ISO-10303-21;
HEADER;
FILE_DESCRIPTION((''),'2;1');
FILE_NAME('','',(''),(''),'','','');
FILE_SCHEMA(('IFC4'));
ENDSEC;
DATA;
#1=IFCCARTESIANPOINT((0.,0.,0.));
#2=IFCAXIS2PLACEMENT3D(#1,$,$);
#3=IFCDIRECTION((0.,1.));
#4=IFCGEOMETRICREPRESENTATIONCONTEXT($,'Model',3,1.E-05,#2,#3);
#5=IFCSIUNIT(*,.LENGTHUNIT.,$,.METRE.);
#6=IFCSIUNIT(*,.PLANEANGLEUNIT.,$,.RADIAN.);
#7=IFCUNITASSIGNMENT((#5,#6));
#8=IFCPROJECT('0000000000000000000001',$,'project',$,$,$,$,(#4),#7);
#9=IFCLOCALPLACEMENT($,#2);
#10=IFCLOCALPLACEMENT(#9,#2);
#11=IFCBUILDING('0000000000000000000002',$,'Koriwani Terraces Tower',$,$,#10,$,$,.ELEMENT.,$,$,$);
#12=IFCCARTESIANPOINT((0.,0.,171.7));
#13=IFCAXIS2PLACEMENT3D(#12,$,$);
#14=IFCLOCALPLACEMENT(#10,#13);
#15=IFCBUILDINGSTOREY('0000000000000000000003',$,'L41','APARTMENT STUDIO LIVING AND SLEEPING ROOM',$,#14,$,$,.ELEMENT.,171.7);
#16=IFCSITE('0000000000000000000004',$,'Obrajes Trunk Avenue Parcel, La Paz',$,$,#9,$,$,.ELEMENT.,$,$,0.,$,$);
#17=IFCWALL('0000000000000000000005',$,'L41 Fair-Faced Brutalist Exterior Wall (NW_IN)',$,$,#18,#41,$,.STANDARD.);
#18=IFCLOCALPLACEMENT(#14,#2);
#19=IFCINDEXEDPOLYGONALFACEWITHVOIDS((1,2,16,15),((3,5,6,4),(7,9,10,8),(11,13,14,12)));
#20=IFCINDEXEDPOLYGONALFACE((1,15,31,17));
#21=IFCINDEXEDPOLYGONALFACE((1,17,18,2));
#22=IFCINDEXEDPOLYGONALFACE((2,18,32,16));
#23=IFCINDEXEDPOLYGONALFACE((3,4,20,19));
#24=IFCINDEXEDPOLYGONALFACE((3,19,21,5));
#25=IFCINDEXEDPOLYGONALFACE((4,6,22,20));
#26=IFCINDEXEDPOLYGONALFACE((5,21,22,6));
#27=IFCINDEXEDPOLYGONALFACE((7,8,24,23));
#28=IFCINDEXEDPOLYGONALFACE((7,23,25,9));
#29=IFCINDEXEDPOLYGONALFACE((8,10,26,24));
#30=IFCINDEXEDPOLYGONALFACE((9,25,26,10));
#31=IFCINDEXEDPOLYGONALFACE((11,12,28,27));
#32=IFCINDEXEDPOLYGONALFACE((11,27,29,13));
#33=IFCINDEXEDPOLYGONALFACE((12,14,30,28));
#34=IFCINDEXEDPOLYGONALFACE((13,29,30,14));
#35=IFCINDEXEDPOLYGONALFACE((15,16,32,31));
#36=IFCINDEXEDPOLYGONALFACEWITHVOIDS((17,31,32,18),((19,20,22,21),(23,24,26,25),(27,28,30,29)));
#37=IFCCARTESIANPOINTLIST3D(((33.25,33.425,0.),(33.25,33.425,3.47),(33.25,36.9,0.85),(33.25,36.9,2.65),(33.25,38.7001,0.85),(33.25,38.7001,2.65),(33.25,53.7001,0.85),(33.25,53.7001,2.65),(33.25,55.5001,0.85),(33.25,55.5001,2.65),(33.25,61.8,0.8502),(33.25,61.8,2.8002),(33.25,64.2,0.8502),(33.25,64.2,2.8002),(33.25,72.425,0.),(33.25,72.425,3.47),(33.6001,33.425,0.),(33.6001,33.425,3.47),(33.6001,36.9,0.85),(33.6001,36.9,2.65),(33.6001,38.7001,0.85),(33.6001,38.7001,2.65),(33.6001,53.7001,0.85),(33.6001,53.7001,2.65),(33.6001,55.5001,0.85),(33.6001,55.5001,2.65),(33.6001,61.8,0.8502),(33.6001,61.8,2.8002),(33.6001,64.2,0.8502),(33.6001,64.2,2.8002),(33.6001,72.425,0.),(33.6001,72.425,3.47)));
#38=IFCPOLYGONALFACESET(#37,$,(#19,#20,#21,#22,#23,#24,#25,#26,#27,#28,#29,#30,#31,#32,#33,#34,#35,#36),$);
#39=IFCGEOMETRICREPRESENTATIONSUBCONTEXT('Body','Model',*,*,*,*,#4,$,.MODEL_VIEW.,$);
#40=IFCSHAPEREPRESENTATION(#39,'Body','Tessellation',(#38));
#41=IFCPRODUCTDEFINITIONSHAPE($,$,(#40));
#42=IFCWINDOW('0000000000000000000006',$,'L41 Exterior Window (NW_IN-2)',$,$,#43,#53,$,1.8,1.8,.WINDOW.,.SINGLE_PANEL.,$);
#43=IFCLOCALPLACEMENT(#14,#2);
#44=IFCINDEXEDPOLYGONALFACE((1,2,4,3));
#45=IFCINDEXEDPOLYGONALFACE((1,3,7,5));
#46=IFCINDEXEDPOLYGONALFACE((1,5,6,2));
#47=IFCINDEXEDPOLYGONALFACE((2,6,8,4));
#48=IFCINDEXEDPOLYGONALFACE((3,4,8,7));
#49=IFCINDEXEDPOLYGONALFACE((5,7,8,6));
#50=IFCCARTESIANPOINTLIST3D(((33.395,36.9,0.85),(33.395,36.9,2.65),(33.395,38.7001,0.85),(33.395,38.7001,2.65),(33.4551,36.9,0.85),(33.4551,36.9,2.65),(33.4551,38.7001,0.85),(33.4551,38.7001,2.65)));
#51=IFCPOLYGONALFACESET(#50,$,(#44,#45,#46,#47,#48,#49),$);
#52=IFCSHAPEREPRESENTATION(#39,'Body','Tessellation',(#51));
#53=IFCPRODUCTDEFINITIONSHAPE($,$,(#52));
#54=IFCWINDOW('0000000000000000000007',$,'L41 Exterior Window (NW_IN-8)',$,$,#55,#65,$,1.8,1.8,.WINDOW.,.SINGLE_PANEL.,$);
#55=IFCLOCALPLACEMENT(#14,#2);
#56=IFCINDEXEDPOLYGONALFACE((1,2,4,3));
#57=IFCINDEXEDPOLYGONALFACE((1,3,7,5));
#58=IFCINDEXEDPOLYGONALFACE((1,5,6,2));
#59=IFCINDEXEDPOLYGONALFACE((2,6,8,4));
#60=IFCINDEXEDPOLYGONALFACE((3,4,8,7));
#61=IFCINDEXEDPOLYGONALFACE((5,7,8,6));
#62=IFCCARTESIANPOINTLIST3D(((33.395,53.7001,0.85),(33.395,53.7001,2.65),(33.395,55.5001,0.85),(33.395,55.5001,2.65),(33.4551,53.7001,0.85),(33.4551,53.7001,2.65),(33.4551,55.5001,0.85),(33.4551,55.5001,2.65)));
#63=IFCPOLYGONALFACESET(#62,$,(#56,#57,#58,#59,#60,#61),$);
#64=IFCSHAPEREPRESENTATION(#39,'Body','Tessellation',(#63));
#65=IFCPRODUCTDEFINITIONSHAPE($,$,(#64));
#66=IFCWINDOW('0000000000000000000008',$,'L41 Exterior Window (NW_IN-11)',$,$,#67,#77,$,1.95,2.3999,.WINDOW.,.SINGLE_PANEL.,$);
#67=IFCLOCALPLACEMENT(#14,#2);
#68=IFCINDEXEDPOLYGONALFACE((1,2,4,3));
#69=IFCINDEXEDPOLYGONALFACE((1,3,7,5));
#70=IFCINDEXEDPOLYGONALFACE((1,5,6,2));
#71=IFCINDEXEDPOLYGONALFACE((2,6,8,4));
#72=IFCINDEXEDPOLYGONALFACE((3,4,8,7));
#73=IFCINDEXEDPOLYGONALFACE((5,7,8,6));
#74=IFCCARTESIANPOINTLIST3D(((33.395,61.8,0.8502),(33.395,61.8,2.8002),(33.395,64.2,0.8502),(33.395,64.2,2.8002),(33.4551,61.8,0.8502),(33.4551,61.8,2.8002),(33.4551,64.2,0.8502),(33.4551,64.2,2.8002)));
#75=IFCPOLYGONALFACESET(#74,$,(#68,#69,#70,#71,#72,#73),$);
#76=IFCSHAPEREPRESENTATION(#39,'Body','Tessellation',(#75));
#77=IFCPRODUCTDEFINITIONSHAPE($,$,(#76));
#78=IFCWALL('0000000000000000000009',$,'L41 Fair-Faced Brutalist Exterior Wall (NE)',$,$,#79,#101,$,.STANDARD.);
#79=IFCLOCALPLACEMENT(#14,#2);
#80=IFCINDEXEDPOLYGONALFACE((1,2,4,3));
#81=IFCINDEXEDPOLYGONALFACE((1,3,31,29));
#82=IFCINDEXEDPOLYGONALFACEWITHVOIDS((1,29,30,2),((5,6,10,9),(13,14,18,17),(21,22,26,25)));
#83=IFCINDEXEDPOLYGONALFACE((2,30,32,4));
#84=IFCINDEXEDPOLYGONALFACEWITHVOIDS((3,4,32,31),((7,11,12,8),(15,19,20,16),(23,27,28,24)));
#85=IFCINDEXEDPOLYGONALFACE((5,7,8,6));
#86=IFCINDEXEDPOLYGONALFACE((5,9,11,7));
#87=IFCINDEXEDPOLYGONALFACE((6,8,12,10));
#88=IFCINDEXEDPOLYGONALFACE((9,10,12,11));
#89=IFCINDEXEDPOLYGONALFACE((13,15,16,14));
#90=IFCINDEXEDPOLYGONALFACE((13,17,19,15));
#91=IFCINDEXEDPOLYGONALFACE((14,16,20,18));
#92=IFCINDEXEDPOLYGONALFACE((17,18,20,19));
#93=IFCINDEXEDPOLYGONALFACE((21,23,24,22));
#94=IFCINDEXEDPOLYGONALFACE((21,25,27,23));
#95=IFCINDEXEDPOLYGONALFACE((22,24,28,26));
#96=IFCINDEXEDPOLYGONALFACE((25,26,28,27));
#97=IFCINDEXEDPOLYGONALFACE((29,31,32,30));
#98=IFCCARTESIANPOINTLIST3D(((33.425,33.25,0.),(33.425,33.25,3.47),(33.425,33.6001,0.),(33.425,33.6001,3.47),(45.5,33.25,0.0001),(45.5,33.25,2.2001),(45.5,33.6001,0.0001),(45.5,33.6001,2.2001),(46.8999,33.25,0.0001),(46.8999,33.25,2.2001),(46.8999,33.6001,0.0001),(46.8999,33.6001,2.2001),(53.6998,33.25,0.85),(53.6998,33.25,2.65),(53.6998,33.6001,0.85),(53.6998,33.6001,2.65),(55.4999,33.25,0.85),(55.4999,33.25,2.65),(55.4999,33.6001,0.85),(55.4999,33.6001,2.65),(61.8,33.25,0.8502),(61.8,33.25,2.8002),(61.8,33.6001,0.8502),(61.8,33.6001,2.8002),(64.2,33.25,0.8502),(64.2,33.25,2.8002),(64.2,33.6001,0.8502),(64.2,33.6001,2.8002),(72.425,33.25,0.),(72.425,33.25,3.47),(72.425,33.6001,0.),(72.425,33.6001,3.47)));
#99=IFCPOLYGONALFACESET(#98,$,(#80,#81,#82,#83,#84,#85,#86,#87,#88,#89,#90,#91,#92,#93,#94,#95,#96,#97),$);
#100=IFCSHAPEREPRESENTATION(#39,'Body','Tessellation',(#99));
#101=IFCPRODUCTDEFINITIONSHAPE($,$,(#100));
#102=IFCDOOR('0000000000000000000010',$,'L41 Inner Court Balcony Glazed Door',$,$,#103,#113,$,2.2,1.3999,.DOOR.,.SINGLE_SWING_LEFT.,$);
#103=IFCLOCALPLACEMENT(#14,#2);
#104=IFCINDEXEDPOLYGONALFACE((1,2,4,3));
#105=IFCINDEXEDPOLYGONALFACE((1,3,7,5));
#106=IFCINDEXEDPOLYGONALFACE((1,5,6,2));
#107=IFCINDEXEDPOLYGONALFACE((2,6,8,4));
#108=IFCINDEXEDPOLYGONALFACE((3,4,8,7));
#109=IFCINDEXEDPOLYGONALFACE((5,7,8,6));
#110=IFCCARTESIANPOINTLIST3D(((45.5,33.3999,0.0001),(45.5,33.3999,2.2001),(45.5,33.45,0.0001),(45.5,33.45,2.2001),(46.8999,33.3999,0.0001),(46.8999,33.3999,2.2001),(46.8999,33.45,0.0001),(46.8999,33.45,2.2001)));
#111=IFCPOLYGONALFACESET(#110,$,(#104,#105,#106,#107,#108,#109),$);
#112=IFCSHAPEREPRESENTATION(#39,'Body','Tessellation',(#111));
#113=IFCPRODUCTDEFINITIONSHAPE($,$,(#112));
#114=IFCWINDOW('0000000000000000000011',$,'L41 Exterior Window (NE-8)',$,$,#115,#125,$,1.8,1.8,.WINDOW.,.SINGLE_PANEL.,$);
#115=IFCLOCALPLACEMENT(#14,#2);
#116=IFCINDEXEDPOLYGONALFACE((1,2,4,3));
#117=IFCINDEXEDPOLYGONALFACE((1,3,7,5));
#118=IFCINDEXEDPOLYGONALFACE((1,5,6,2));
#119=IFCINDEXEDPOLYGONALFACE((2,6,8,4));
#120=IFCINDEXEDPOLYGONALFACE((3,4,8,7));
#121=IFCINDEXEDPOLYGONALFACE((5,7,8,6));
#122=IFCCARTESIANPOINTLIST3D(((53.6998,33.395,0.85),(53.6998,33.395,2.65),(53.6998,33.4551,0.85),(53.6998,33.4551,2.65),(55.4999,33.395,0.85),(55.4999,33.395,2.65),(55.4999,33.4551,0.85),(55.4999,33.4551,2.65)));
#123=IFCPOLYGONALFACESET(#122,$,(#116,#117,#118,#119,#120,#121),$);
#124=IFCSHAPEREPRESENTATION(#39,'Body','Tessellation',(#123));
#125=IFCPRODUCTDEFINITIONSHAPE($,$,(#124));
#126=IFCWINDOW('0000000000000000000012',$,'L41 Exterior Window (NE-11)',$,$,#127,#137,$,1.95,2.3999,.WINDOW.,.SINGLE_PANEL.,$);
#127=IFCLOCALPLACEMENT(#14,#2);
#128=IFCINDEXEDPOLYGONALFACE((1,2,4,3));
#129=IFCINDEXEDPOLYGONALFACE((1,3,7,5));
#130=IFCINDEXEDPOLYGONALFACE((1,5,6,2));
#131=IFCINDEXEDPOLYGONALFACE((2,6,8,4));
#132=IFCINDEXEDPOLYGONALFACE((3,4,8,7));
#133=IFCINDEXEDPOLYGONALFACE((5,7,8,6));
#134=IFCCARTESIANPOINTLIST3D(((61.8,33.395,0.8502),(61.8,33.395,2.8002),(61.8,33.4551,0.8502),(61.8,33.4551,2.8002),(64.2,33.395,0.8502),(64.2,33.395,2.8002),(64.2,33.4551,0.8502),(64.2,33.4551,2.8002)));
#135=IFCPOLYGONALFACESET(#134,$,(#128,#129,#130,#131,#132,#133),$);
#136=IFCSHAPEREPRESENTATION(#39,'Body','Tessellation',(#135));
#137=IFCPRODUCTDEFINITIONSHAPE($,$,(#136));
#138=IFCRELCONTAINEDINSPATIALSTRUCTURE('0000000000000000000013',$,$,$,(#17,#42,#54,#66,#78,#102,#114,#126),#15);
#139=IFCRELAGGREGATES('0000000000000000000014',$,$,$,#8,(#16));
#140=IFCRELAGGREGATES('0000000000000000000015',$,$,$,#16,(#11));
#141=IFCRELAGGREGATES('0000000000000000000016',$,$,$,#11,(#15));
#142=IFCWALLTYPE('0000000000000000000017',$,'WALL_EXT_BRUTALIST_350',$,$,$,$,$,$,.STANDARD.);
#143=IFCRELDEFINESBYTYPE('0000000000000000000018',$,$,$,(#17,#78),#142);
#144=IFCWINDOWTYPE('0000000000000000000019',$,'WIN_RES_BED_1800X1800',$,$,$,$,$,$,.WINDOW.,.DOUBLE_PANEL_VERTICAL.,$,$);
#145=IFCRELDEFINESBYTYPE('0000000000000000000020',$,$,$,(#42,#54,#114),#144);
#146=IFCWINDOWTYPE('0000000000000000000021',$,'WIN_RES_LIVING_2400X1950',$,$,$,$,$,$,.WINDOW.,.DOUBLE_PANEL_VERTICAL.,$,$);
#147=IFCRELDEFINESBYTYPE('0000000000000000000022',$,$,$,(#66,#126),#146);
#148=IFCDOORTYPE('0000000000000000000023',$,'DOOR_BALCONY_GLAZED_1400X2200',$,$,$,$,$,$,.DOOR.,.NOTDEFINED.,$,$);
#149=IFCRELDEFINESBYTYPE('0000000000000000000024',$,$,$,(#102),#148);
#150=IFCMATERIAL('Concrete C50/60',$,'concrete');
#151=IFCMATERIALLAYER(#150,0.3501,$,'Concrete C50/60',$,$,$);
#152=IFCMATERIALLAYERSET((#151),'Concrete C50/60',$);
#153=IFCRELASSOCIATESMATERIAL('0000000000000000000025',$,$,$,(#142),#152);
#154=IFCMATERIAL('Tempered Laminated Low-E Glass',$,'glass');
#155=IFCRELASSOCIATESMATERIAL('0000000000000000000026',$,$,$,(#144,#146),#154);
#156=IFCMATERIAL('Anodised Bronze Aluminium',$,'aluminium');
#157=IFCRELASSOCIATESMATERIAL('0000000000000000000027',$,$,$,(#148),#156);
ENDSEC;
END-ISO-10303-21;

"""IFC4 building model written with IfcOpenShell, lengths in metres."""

from ifc_helpers import new_model, si_unit, direction, frame, frame_2d, origin, place, context, subcontext, project, spatial, rectangle, extrude, material, layer, layer_set, type_object, element, fill, save


model = new_model("IFC4")

# Units and contexts
model_context = context("Model", 3, precision=1e-05, world=origin(), true_north=direction((0.0, 1.0)))
body_context = subcontext(model_context, "Body", "Model", "MODEL_VIEW")
ifc_project = project(units=[si_unit("LENGTHUNIT", "METRE"), si_unit("PLANEANGLEUNIT", "RADIAN")], contexts=[model_context])

# Site, building, storey
site_placement = place(None, origin())
site = spatial("IfcSite", under=ifc_project, at=site_placement, Name="Obrajes Trunk Avenue Parcel, La Paz", CompositionType="ELEMENT", RefElevation=0.0)
building_placement = place(site_placement, origin())
building = spatial("IfcBuilding", under=site, at=building_placement, Name="Koriwani Terraces Tower", CompositionType="ELEMENT")
storey_placement = place(building_placement, frame((0.0, 0.0, 171.7)))
storey = spatial("IfcBuildingStorey", under=building, at=storey_placement, Name="L41", Description="APARTMENT STUDIO LIVING AND SLEEPING ROOM", CompositionType="ELEMENT", Elevation=171.7)

# Shared definitions
ifc_material_1 = material(Name="Concrete C50/60", Category="concrete")

# Wall, openings, windows
ifc_layer_1 = layer(ifc_material_1, 0.3501, Name="Concrete C50/60")
ifc_layer_set_1 = layer_set([ifc_layer_1], Name="Concrete C50/60")
wall_type = type_object("IfcWallType", Name="WALL_EXT_BRUTALIST_350", PredefinedType="STANDARD", material=ifc_layer_set_1)
wall_1_placement = place(storey_placement, frame((33.425, 72.425, 0.0), z_axis=(0.0, 0.0, 1.0), x_axis=(0.0, -1.0, 0.0)))
wall_1 = element("IfcWall", 1, at=wall_1_placement, inside=storey, type_object=wall_type, Name="L41 Fair-Faced Brutalist Exterior Wall (NW_IN)", PredefinedType="STANDARD", context=body_context, shape_type="SweptSolid", body=[
    extrude(rectangle(XDim=39.0, YDim=0.3501, at=frame_2d((19.5, 0.0))), origin(), (0.0, 0.0, 1.0), 3.47),
])
opening_1_placement = place(wall_1_placement, frame((33.7251, 0.0, 0.8501)))
opening_1 = element("IfcOpeningElement", 2, at=opening_1_placement, cuts=wall_1, PredefinedType="OPENING", context=body_context, shape_type="SweptSolid", body=[
    extrude(rectangle(XDim=1.8, YDim=1.8, at=frame_2d((0.8999, 0.8999))), frame((0.0, 0.1851, 0.0), z_axis=(0.0, -1.0, 0.0), x_axis=(1.0, 0.0, 0.0)), (0.0, 0.0, 1.0), 0.3701),
])
opening_2_placement = place(wall_1_placement, frame((16.925, 0.0, 0.8501)))
opening_2 = element("IfcOpeningElement", 3, at=opening_2_placement, cuts=wall_1, PredefinedType="OPENING", context=body_context, shape_type="SweptSolid", body=[
    extrude(rectangle(XDim=1.8, YDim=1.8, at=frame_2d((0.8999, 0.8999))), frame((0.0, 0.1851, 0.0), z_axis=(0.0, -1.0, 0.0), x_axis=(1.0, 0.0, 0.0)), (0.0, 0.0, 1.0), 0.3701),
])
opening_3_placement = place(wall_1_placement, frame((8.2251, 0.0, 0.8501)))
opening_3 = element("IfcOpeningElement", 4, at=opening_3_placement, cuts=wall_1, PredefinedType="OPENING", context=body_context, shape_type="SweptSolid", body=[
    extrude(rectangle(XDim=2.3999, YDim=1.95, at=frame_2d((1.2, 0.9751))), frame((0.0, 0.1851, 0.0), z_axis=(0.0, -1.0, 0.0), x_axis=(1.0, 0.0, 0.0)), (0.0, 0.0, 1.0), 0.3701),
])
ifc_material_2 = material(Name="Tempered Laminated Low-E Glass", Category="glass")
window_type_1 = type_object("IfcWindowType", Name="WIN_RES_BED_1800X1800", PartitioningType="DOUBLE_PANEL_VERTICAL", PredefinedType="WINDOW", material=ifc_material_2)
window_1_placement = place(opening_1_placement, origin())
window_1 = element("IfcWindow", 5, at=window_1_placement, inside=storey, type_object=window_type_1, Name="L41 Exterior Window (NW_IN-2)", OverallHeight=1.8, OverallWidth=1.8, PartitioningType="SINGLE_PANEL", PredefinedType="WINDOW", context=body_context, shape_type="SweptSolid", body=[
    extrude(rectangle(XDim=1.8, YDim=1.8, at=frame_2d((0.8999, 0.8999))), frame((0.0, 0.03, 0.0), z_axis=(0.0, -1.0, 0.0), x_axis=(1.0, 0.0, 0.0)), (0.0, 0.0, 1.0), 0.0601),
])
fill(opening_1, window_1)
window_2_placement = place(opening_2_placement, origin())
window_2 = element("IfcWindow", 6, at=window_2_placement, inside=storey, type_object=window_type_1, Name="L41 Exterior Window (NW_IN-8)", OverallHeight=1.8, OverallWidth=1.8, PartitioningType="SINGLE_PANEL", PredefinedType="WINDOW", context=body_context, shape_type="SweptSolid", body=[
    extrude(rectangle(XDim=1.8, YDim=1.8, at=frame_2d((0.8999, 0.8999))), frame((0.0, 0.03, 0.0), z_axis=(0.0, -1.0, 0.0), x_axis=(1.0, 0.0, 0.0)), (0.0, 0.0, 1.0), 0.0601),
])
fill(opening_2, window_2)
window_type_2 = type_object("IfcWindowType", Name="WIN_RES_LIVING_2400X1950", PartitioningType="DOUBLE_PANEL_VERTICAL", PredefinedType="WINDOW", material=ifc_material_2)
window_3_placement = place(opening_3_placement, origin())
window_3 = element("IfcWindow", 7, at=window_3_placement, inside=storey, type_object=window_type_2, Name="L41 Exterior Window (NW_IN-11)", OverallHeight=1.95, OverallWidth=2.3999, PartitioningType="SINGLE_PANEL", PredefinedType="WINDOW", context=body_context, shape_type="SweptSolid", body=[
    extrude(rectangle(XDim=2.3999, YDim=1.95, at=frame_2d((1.2, 0.9751))), frame((0.0, 0.03, 0.0), z_axis=(0.0, -1.0, 0.0), x_axis=(1.0, 0.0, 0.0)), (0.0, 0.0, 1.0), 0.0601),
])
fill(opening_3, window_3)

# Wall, openings, door, windows
wall_2_placement = place(storey_placement, frame((33.425, 33.425, 0.0), z_axis=(0.0, 0.0, 1.0), x_axis=(1.0, 0.0, 0.0)))
wall_2 = element("IfcWall", 8, at=wall_2_placement, inside=storey, type_object=wall_type, Name="L41 Fair-Faced Brutalist Exterior Wall (NE)", PredefinedType="STANDARD", context=body_context, shape_type="SweptSolid", body=[
    extrude(rectangle(XDim=39.0, YDim=0.3501, at=frame_2d((19.5, 0.0))), origin(), (0.0, 0.0, 1.0), 3.47),
])
opening_4_placement = place(wall_2_placement, frame((12.075, 0.0, 0.0)))
opening_4 = element("IfcOpeningElement", 9, at=opening_4_placement, cuts=wall_2, PredefinedType="OPENING", context=body_context, shape_type="SweptSolid", body=[
    extrude(rectangle(XDim=1.3999, YDim=2.2, at=frame_2d((0.7, 1.1001))), frame((0.0, 0.1851, 0.0), z_axis=(0.0, -1.0, 0.0), x_axis=(1.0, 0.0, 0.0)), (0.0, 0.0, 1.0), 0.3701),
])
opening_5_placement = place(wall_2_placement, frame((20.2749, 0.0, 0.8501)))
opening_5 = element("IfcOpeningElement", 10, at=opening_5_placement, cuts=wall_2, PredefinedType="OPENING", context=body_context, shape_type="SweptSolid", body=[
    extrude(rectangle(XDim=1.8, YDim=1.8, at=frame_2d((0.8999, 0.8999))), frame((0.0, 0.1851, 0.0), z_axis=(0.0, -1.0, 0.0), x_axis=(1.0, 0.0, 0.0)), (0.0, 0.0, 1.0), 0.3701),
])
opening_6_placement = place(wall_2_placement, frame((28.375, 0.0, 0.8501)))
opening_6 = element("IfcOpeningElement", 11, at=opening_6_placement, cuts=wall_2, PredefinedType="OPENING", context=body_context, shape_type="SweptSolid", body=[
    extrude(rectangle(XDim=2.3999, YDim=1.95, at=frame_2d((1.2, 0.9751))), frame((0.0, 0.1851, 0.0), z_axis=(0.0, -1.0, 0.0), x_axis=(1.0, 0.0, 0.0)), (0.0, 0.0, 1.0), 0.3701),
])
ifc_material_3 = material(Name="Anodised Bronze Aluminium", Category="aluminium")
door_type = type_object("IfcDoorType", Name="DOOR_BALCONY_GLAZED_1400X2200", OperationType="NOTDEFINED", PredefinedType="DOOR", material=ifc_material_3)
door_placement = place(opening_4_placement, origin())
door = element("IfcDoor", 12, at=door_placement, inside=storey, type_object=door_type, Name="L41 Inner Court Balcony Glazed Door", OperationType="SINGLE_SWING_LEFT", OverallHeight=2.2, OverallWidth=1.3999, PredefinedType="DOOR", context=body_context, shape_type="SweptSolid", body=[
    extrude(rectangle(XDim=1.3999, YDim=2.2, at=frame_2d((0.7, 1.1001))), frame((0.0, 0.0249, 0.0), z_axis=(0.0, -1.0, 0.0), x_axis=(1.0, 0.0, 0.0)), (0.0, 0.0, 1.0), 0.05),
])
fill(opening_4, door)
window_4_placement = place(opening_5_placement, origin())
window_4 = element("IfcWindow", 13, at=window_4_placement, inside=storey, type_object=window_type_1, Name="L41 Exterior Window (NE-8)", OverallHeight=1.8, OverallWidth=1.8, PartitioningType="SINGLE_PANEL", PredefinedType="WINDOW", context=body_context, shape_type="SweptSolid", body=[
    extrude(rectangle(XDim=1.8, YDim=1.8, at=frame_2d((0.8999, 0.8999))), frame((0.0, 0.03, 0.0), z_axis=(0.0, -1.0, 0.0), x_axis=(1.0, 0.0, 0.0)), (0.0, 0.0, 1.0), 0.0601),
])
fill(opening_5, window_4)
window_5_placement = place(opening_6_placement, origin())
window_5 = element("IfcWindow", 14, at=window_5_placement, inside=storey, type_object=window_type_2, Name="L41 Exterior Window (NE-11)", OverallHeight=1.95, OverallWidth=2.3999, PartitioningType="SINGLE_PANEL", PredefinedType="WINDOW", context=body_context, shape_type="SweptSolid", body=[
    extrude(rectangle(XDim=2.3999, YDim=1.95, at=frame_2d((1.2, 0.9751))), frame((0.0, 0.03, 0.0), z_axis=(0.0, -1.0, 0.0), x_axis=(1.0, 0.0, 0.0)), (0.0, 0.0, 1.0), 0.0601),
])
fill(opening_6, window_5)

save(model, "model.ifc")
